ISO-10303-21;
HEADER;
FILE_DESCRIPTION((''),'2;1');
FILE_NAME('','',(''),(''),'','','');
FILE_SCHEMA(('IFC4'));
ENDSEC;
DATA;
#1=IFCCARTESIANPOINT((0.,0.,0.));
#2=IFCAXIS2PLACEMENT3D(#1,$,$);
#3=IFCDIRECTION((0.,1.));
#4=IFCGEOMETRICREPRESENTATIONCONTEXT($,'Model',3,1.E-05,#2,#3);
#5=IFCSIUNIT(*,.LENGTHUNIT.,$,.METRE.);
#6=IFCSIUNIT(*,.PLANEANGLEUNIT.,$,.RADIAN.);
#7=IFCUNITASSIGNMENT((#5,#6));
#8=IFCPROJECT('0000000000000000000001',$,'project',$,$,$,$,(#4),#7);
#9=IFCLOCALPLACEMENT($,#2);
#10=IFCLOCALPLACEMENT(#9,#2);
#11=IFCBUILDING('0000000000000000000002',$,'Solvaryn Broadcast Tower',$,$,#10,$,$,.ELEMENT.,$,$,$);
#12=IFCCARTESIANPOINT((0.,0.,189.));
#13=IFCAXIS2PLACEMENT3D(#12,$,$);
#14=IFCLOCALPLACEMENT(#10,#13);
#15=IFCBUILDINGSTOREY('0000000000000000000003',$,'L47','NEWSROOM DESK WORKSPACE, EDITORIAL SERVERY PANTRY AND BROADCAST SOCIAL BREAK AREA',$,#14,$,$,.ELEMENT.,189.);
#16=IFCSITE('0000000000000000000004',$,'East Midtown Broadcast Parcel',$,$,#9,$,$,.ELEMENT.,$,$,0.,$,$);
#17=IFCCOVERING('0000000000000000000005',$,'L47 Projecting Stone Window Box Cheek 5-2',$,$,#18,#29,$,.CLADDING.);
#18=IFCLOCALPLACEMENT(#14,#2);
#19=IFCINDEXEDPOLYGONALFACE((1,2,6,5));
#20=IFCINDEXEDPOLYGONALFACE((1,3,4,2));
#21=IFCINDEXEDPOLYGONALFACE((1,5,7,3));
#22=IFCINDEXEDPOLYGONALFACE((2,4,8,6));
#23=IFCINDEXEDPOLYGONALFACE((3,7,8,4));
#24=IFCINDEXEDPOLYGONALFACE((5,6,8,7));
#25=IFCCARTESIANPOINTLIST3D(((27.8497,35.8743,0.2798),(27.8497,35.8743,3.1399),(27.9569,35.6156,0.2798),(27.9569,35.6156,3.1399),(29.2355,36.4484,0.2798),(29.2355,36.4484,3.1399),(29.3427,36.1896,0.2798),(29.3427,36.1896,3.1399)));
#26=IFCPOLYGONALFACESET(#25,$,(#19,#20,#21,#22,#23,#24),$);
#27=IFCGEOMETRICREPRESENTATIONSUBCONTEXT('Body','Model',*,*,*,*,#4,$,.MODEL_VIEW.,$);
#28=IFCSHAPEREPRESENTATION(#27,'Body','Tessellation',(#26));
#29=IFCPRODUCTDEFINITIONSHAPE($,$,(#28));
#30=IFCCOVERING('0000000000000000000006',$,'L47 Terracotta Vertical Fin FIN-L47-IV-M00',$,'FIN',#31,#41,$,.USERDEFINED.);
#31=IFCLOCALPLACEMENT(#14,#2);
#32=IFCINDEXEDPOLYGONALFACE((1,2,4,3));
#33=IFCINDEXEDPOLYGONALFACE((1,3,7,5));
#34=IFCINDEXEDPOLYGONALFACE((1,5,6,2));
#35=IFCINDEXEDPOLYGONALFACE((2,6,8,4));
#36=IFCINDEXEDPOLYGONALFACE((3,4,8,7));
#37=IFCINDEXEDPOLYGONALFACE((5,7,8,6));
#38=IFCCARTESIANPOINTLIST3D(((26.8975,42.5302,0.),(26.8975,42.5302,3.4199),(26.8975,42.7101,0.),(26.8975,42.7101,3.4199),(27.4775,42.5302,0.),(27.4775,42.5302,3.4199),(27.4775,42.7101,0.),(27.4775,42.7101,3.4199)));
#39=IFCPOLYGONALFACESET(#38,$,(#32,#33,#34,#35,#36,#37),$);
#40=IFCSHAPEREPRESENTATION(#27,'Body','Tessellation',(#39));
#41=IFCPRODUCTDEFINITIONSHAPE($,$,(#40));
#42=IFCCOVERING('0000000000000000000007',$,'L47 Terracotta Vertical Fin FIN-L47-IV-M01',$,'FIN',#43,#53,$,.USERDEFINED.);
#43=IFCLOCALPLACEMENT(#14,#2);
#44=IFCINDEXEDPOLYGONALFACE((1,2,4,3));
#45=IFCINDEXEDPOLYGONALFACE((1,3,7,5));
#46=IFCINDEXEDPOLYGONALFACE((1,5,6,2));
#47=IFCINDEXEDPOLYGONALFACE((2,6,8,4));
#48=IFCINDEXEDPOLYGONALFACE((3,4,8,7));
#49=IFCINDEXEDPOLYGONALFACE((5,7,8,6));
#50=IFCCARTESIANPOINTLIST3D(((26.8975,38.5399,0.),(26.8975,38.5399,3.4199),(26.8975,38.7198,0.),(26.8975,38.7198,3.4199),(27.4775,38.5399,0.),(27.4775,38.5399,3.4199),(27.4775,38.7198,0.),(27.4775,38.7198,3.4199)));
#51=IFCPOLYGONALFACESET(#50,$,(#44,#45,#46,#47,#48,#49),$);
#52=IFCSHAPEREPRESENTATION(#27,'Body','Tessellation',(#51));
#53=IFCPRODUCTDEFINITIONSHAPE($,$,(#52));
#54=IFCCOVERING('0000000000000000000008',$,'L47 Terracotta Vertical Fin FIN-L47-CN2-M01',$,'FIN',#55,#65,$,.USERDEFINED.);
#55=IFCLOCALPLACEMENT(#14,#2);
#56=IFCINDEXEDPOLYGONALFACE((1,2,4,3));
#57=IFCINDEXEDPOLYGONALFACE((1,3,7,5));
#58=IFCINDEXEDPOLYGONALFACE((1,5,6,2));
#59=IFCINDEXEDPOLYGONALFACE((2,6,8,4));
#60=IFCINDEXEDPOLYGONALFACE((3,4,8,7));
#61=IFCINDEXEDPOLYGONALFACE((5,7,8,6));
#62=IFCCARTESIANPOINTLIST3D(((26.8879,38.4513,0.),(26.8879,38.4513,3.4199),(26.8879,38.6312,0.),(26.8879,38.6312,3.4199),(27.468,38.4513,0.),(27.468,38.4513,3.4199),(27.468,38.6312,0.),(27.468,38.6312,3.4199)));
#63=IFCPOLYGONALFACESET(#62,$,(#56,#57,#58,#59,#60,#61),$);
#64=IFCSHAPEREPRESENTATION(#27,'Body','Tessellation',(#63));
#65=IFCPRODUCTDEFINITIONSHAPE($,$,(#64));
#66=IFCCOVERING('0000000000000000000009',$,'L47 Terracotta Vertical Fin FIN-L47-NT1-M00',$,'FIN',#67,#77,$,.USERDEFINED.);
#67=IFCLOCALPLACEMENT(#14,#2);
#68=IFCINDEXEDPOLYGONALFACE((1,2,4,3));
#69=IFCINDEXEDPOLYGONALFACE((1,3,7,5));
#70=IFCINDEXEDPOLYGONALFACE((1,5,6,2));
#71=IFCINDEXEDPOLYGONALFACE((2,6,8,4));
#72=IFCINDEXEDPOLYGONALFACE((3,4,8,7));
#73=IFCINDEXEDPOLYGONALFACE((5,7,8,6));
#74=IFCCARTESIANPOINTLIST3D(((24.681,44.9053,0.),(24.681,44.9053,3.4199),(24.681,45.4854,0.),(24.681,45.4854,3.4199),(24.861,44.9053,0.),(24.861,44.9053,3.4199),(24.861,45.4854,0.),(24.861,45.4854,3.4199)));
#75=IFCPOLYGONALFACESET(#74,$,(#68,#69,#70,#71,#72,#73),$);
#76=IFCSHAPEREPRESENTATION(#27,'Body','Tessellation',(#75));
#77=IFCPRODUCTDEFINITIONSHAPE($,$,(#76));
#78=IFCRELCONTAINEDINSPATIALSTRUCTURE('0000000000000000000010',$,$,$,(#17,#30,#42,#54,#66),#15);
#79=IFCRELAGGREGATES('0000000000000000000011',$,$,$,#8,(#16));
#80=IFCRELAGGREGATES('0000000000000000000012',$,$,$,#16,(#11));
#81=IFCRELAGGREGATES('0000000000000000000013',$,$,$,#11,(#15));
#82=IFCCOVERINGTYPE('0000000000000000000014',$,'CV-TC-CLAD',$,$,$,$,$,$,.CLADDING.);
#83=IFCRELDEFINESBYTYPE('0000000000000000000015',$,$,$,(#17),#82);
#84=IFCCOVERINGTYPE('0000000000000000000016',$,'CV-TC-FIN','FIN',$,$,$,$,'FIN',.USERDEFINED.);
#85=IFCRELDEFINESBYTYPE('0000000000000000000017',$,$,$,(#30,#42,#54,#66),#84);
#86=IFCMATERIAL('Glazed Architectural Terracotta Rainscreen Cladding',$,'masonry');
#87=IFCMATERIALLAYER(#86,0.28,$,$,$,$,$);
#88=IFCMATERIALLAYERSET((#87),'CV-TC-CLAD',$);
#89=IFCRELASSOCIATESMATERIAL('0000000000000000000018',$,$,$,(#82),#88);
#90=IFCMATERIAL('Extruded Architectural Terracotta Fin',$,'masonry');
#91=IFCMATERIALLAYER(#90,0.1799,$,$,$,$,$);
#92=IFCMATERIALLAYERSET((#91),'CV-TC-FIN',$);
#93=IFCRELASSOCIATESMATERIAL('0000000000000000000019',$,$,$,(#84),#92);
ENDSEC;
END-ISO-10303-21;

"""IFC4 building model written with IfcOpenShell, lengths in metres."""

from ifc_helpers import new_model, si_unit, direction, frame, origin, origin_2d, place, context, subcontext, project, spatial, rectangle, extrude, material, layer, layer_set, type_object, element, save


model = new_model("IFC4")

# Units and contexts
model_context = context("Model", 3, precision=1e-05, world=origin(), true_north=direction((0.0, 1.0)))
body_context = subcontext(model_context, "Body", "Model", "MODEL_VIEW")
ifc_project = project(units=[si_unit("LENGTHUNIT", "METRE"), si_unit("PLANEANGLEUNIT", "RADIAN")], contexts=[model_context])

# Site, building, storey
site_placement = place(None, origin())
site = spatial("IfcSite", under=ifc_project, at=site_placement, Name="East Midtown Broadcast Parcel", CompositionType="ELEMENT", RefElevation=0.0)
building_placement = place(site_placement, origin())
building = spatial("IfcBuilding", under=site, at=building_placement, Name="Solvaryn Broadcast Tower", CompositionType="ELEMENT")
storey_placement = place(building_placement, frame((0.0, 0.0, 189.0)))
storey = spatial("IfcBuildingStorey", under=building, at=storey_placement, Name="L47", Description="NEWSROOM DESK WORKSPACE, EDITORIAL SERVERY PANTRY AND BROADCAST SOCIAL BREAK AREA", CompositionType="ELEMENT", Elevation=189.0)

# Coverings
ifc_material_1 = material(Name="Glazed Architectural Terracotta Rainscreen Cladding", Category="masonry")
ifc_layer_1 = layer(ifc_material_1, 0.28)
ifc_layer_set_1 = layer_set([ifc_layer_1], Name="CV-TC-CLAD")
covering_type_1 = type_object("IfcCoveringType", Name="CV-TC-CLAD", PredefinedType="CLADDING", material=ifc_layer_set_1)
covering_1_placement = place(storey_placement, frame((28.5962, 36.032, 0.2798), z_axis=(0.0, 0.0, 1.0), x_axis=(-0.382683, 0.92388, 0.0)))
element("IfcCovering", 1, at=covering_1_placement, inside=storey, type_object=covering_type_1, Name="L47 Projecting Stone Window Box Cheek 5-2", PredefinedType="CLADDING", context=body_context, shape_type="SweptSolid", body=[
    extrude(rectangle(XDim=0.28, YDim=1.5, at=origin_2d()), origin(), (0.0, 0.0, 1.0), 2.8601),
])
ifc_material_2 = material(Name="Extruded Architectural Terracotta Fin", Category="masonry")
ifc_layer_2 = layer(ifc_material_2, 0.1799)
ifc_layer_set_2 = layer_set([ifc_layer_2], Name="CV-TC-FIN")
covering_type_2 = type_object("IfcCoveringType", Name="CV-TC-FIN", Description="FIN", ElementType="FIN", PredefinedType="USERDEFINED", material=ifc_layer_set_2)
for number, where, z_axis, x_axis, name in (
    (2, (27.1875, 42.6201, 0.0), (0.0, 0.0, 1.0), (1.0, 0.0, 0.0), "L47 Terracotta Vertical Fin FIN-L47-IV-M00"),
    (3, (27.1875, 38.6299, 0.0), (0.0, 0.0, 1.0), (1.0, 0.0, 0.0), "L47 Terracotta Vertical Fin FIN-L47-IV-M01"),
    (4, (27.178, 38.5413, 0.0), (0.0, 0.0, 1.0), (1.0, 0.0, 0.0), "L47 Terracotta Vertical Fin FIN-L47-CN2-M01"),
):
    element("IfcCovering", number, at=place(storey_placement, frame(where, z_axis=z_axis, x_axis=x_axis)), inside=storey, type_object=covering_type_2, Name=name, ObjectType="FIN", PredefinedType="USERDEFINED", context=body_context, shape_type="SweptSolid", body=[
        extrude(rectangle(XDim=0.5801, YDim=0.1799, at=origin_2d()), origin(), (0.0, 0.0, 1.0), 3.4199),
    ])
covering_2_placement = place(storey_placement, frame((24.771, 45.1953, 0.0), z_axis=(0.0, 0.0, 1.0), x_axis=(1.0, 0.0, 0.0)))
element("IfcCovering", 5, at=covering_2_placement, inside=storey, type_object=covering_type_2, Name="L47 Terracotta Vertical Fin FIN-L47-NT1-M00", ObjectType="FIN", PredefinedType="USERDEFINED", context=body_context, shape_type="SweptSolid", body=[
    extrude(rectangle(XDim=0.1799, YDim=0.5801, at=origin_2d()), origin(), (0.0, 0.0, 1.0), 3.4199),
])

save(model, "model.ifc")
